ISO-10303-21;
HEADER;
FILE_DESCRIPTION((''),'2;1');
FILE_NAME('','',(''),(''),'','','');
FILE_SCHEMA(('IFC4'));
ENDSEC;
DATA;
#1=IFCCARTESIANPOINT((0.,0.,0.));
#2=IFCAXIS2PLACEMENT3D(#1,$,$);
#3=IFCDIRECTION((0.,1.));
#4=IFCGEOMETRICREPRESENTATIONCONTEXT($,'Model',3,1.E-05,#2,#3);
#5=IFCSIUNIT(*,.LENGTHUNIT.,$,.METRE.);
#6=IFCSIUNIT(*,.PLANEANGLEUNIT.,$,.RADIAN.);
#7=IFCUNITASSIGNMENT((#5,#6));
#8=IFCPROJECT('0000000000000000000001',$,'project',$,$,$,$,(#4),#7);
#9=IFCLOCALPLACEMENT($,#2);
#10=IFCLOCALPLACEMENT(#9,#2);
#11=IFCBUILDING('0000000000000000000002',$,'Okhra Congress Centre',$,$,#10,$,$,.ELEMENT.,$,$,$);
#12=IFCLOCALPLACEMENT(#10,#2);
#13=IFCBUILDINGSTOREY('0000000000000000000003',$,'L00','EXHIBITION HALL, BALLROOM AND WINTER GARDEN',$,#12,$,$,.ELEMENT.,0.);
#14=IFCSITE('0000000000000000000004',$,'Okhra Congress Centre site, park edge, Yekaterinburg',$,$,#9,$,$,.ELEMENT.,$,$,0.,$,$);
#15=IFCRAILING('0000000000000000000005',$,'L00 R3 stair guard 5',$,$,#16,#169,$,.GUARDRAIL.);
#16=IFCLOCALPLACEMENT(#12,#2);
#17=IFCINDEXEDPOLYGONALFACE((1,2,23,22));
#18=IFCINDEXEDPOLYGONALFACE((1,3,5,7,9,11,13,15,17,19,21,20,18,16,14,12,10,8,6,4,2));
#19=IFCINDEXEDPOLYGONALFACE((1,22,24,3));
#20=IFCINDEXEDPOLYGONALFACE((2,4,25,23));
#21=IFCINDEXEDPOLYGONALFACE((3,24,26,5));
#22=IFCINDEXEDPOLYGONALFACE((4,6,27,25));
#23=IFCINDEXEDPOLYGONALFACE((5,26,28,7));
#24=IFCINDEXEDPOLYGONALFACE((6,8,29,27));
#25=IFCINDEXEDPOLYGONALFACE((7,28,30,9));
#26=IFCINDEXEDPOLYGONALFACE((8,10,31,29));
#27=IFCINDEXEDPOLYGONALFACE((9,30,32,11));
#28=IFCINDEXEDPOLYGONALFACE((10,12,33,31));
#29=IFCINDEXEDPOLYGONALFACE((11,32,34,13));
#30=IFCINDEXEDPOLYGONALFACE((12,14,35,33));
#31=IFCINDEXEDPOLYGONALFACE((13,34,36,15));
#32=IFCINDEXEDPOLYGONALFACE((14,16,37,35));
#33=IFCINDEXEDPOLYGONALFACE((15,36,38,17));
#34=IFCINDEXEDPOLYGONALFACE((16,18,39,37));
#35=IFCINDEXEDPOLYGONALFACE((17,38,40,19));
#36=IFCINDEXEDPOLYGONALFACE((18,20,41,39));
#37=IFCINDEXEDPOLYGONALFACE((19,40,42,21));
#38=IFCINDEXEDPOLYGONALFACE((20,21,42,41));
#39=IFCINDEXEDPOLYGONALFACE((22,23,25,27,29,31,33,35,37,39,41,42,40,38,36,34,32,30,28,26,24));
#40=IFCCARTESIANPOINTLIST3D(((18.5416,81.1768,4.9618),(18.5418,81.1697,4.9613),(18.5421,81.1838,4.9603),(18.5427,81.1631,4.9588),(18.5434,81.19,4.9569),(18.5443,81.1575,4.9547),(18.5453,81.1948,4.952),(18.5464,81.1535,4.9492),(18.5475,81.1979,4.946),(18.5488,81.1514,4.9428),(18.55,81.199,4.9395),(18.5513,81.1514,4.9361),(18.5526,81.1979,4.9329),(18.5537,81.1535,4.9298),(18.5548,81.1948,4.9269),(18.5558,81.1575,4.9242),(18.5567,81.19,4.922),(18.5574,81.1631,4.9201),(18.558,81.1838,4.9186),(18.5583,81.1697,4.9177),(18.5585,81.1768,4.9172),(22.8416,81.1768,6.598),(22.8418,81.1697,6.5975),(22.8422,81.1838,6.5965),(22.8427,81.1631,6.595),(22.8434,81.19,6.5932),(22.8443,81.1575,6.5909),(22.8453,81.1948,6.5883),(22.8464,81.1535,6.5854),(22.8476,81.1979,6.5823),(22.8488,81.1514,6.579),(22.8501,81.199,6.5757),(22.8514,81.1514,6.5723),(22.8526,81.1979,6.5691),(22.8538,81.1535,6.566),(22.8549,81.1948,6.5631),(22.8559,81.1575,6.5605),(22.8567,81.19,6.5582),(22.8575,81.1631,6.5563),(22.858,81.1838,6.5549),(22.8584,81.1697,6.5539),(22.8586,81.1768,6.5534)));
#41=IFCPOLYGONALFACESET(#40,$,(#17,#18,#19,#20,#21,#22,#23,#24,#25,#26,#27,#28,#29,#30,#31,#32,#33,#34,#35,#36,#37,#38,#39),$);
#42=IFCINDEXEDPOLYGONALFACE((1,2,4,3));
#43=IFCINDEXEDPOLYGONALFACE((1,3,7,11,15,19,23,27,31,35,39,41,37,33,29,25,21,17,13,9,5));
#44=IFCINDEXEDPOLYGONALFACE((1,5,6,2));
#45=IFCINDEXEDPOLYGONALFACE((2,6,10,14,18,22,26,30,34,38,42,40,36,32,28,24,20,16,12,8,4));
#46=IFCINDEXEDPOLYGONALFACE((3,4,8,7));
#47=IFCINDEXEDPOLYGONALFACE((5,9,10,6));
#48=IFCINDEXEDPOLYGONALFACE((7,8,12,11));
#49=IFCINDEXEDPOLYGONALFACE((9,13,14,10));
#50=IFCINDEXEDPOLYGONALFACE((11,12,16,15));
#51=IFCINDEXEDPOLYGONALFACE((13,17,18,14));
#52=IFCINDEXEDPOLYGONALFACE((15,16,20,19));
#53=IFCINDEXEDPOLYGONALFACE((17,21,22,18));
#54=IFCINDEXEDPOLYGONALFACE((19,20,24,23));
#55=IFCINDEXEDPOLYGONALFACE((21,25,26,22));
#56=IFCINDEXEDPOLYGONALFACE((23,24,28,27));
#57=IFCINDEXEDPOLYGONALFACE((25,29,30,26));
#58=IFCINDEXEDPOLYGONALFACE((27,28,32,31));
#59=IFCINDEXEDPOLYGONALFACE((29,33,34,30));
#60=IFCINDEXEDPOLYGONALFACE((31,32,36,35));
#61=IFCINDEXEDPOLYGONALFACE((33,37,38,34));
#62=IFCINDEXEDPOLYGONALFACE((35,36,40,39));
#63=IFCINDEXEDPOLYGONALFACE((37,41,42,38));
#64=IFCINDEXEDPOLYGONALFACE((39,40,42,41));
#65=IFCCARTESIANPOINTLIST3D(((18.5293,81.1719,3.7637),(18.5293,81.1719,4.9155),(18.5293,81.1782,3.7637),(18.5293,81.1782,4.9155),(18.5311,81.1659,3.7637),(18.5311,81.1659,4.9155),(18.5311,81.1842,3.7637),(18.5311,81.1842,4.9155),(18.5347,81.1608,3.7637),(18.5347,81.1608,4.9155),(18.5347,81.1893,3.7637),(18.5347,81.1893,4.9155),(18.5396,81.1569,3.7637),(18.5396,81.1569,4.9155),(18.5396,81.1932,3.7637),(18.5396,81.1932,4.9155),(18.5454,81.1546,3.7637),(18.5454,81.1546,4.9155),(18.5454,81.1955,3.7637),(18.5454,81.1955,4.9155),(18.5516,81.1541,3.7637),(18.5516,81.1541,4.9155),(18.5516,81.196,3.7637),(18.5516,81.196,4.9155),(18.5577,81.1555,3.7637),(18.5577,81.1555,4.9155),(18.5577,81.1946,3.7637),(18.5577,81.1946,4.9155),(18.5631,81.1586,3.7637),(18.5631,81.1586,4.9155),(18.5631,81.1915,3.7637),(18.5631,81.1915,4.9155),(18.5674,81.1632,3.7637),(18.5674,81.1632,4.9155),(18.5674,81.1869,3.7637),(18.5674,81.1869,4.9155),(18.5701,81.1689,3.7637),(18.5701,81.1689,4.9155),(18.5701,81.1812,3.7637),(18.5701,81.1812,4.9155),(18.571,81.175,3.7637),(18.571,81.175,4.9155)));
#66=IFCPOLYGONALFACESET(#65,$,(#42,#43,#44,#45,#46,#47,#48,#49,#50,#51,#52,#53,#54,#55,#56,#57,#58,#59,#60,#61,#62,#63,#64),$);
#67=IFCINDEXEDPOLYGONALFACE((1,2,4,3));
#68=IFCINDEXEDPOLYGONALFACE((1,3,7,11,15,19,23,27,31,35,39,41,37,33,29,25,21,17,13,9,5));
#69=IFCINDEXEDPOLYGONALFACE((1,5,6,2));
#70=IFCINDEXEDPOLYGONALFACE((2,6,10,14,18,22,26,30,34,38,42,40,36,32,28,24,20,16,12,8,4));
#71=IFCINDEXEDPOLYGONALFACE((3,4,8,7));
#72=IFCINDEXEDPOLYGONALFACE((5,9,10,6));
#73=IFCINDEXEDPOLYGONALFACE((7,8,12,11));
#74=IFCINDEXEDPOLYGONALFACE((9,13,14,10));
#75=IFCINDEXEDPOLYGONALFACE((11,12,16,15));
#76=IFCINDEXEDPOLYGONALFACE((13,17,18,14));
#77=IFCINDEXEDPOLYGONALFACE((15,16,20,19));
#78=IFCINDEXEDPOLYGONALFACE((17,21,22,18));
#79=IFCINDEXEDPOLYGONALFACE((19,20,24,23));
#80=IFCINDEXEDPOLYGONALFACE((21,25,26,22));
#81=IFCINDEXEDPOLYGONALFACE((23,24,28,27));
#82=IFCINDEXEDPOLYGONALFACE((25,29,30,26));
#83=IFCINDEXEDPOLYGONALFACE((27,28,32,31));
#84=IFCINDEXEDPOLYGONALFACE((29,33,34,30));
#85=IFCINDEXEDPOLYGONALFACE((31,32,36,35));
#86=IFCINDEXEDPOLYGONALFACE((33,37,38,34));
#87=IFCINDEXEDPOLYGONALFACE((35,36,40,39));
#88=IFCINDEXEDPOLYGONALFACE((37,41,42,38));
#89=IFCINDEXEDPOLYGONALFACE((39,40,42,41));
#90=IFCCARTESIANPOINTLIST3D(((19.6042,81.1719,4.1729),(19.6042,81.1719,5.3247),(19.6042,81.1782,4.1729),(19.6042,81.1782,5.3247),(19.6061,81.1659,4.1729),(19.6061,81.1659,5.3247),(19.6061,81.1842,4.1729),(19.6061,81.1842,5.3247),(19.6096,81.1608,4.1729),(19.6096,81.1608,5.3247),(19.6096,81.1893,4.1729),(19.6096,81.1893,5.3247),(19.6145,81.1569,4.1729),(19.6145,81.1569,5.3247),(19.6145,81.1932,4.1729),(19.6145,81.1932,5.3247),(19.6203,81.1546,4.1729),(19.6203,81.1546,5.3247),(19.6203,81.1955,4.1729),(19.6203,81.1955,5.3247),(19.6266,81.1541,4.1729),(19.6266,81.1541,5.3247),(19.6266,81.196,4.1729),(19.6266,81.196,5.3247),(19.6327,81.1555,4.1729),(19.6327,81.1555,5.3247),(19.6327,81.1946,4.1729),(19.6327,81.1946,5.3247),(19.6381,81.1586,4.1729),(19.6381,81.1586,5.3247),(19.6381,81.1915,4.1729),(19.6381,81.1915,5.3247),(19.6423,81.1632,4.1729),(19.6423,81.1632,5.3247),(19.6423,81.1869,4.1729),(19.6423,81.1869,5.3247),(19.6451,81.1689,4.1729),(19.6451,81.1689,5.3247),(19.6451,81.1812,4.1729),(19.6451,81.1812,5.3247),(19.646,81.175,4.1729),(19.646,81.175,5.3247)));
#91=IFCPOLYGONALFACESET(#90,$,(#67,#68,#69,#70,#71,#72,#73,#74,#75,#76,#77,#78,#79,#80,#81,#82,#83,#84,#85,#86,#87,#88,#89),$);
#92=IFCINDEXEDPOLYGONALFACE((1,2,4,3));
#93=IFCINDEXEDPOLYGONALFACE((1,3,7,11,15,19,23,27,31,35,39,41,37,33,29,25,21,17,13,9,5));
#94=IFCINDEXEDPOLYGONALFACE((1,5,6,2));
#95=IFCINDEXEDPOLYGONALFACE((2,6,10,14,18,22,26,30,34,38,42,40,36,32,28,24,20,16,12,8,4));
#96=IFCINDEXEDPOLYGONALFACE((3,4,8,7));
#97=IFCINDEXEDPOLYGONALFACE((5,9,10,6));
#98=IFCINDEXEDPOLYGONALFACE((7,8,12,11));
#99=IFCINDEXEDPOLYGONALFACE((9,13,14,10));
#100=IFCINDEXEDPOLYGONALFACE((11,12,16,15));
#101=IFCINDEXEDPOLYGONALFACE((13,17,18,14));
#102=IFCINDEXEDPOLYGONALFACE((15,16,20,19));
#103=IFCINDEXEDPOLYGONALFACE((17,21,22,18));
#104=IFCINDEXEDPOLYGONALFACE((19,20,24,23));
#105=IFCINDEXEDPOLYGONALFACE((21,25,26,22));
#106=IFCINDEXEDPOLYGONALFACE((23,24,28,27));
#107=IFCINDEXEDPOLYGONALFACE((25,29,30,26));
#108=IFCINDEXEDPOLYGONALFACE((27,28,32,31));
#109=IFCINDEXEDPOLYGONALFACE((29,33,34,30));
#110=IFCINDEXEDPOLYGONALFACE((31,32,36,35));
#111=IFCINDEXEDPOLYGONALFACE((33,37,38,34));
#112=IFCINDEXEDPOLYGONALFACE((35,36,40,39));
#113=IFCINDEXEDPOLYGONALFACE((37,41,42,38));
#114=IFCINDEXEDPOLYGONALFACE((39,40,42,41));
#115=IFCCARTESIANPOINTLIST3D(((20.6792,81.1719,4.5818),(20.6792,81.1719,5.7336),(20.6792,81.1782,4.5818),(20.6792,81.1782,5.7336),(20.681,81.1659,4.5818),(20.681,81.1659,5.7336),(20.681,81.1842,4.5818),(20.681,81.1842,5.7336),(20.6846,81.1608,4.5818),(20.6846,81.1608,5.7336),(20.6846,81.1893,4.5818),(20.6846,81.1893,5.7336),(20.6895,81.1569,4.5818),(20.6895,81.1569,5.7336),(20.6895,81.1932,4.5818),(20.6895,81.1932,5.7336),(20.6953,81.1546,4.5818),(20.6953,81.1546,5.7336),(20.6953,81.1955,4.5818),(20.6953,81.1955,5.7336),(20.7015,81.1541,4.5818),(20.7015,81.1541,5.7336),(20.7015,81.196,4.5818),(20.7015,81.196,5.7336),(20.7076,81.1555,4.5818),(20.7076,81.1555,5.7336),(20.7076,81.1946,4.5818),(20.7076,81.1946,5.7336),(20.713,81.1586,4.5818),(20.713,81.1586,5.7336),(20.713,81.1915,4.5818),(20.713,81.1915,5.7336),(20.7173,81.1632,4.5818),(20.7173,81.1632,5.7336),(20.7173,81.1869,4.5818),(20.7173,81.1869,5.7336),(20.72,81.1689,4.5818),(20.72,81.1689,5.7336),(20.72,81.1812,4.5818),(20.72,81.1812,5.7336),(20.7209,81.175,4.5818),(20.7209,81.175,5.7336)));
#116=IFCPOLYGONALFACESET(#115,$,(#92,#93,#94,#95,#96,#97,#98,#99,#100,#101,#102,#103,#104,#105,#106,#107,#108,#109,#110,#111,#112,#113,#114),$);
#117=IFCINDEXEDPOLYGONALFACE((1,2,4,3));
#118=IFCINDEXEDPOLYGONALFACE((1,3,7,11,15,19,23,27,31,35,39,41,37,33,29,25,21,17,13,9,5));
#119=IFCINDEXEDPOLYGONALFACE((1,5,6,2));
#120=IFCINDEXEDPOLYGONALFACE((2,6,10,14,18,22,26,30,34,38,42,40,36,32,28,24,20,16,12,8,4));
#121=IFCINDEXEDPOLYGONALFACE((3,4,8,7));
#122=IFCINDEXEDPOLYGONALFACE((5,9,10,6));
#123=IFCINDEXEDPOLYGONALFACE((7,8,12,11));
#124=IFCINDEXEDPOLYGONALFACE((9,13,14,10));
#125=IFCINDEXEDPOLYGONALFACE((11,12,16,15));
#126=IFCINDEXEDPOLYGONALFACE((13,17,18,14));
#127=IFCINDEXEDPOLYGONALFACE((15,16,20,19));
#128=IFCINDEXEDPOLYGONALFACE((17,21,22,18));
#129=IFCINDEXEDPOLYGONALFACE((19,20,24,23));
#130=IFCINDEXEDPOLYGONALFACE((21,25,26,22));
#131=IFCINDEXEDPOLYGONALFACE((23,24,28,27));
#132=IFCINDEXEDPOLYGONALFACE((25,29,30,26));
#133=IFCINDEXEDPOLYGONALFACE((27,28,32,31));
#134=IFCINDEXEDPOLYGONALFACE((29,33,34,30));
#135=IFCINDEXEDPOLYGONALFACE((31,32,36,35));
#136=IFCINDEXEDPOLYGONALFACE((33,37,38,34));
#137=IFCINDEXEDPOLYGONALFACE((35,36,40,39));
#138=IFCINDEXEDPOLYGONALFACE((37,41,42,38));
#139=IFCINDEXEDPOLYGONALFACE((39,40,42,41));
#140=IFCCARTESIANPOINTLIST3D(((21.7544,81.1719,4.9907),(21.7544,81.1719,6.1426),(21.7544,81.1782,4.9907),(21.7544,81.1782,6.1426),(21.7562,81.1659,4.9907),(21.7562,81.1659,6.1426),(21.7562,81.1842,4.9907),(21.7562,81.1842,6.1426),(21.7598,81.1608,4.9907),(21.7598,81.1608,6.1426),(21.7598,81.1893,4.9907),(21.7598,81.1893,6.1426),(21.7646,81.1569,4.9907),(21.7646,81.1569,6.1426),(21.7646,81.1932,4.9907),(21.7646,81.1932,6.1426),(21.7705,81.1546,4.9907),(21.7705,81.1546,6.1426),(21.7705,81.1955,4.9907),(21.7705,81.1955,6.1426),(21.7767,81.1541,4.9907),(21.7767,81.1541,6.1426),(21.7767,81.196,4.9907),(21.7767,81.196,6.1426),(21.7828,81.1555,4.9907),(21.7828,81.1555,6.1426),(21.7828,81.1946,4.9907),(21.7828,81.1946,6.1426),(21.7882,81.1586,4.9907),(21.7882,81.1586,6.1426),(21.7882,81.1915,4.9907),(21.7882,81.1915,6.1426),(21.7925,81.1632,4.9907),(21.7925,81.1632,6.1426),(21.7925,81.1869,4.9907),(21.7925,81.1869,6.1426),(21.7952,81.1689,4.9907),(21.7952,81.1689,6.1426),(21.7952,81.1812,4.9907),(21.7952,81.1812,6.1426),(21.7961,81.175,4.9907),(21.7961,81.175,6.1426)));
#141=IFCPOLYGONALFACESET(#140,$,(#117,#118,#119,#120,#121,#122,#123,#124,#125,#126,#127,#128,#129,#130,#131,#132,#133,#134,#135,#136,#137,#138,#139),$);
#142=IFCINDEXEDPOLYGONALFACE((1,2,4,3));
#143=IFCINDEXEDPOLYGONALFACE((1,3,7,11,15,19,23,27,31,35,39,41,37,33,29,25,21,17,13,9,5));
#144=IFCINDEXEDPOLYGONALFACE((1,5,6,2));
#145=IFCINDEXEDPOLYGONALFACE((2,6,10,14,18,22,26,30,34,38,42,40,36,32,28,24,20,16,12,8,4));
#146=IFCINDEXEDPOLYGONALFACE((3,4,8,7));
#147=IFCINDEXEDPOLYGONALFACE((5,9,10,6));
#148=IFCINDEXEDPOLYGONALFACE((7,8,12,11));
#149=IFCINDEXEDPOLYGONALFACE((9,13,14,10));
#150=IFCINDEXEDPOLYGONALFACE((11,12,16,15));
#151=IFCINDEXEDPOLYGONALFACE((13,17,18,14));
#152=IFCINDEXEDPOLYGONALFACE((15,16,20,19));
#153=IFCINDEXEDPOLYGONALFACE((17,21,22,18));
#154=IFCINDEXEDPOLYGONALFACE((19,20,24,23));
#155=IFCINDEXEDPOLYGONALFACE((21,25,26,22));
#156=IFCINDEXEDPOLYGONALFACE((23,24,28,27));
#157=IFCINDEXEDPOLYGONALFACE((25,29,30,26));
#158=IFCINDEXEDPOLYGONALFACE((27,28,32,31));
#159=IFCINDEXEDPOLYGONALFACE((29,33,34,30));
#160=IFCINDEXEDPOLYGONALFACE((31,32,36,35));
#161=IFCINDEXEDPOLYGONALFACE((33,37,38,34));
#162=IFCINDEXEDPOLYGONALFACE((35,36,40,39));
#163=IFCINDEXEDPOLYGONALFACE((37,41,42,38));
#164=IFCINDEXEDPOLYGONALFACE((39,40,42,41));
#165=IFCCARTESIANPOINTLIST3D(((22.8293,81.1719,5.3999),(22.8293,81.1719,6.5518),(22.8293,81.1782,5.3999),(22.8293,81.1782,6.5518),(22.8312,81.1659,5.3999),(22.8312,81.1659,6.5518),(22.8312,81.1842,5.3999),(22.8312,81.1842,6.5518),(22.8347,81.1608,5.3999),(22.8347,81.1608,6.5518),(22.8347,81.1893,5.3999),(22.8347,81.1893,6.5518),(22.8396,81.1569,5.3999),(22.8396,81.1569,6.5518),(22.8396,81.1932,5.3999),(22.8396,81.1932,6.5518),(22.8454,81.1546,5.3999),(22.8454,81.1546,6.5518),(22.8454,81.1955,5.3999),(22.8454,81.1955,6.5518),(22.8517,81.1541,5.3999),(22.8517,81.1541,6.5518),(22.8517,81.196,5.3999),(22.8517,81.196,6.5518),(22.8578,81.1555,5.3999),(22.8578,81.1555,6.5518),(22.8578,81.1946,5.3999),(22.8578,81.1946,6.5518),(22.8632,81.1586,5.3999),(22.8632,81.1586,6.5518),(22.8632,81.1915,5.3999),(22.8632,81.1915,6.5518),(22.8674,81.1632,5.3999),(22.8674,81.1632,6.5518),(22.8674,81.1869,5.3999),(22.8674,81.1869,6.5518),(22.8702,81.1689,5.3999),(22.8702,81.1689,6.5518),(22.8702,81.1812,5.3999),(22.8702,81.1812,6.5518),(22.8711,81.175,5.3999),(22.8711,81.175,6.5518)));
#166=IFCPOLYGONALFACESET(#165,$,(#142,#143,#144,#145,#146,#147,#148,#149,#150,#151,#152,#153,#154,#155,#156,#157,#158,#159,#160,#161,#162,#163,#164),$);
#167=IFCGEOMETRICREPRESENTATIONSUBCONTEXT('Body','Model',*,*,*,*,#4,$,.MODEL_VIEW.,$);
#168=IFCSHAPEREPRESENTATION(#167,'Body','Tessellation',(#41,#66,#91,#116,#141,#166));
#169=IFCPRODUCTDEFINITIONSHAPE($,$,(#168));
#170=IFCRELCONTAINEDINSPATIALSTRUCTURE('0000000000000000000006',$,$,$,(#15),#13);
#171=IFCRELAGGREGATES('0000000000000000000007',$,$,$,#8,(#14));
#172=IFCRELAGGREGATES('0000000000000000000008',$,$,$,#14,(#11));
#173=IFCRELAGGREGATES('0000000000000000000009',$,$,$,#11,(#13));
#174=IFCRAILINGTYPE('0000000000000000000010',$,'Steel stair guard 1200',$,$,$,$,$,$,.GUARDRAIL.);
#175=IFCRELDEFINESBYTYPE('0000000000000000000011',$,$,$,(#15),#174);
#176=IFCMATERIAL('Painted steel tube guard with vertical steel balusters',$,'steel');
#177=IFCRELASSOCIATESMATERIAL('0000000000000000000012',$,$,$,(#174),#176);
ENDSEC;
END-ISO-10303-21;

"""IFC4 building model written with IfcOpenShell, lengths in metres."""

from ifc_helpers import new_model, si_unit, direction, frame, origin, origin_2d, place, context, subcontext, project, spatial, circle, extrude, material, type_object, element, save


model = new_model("IFC4")

# Units and contexts
model_context = context("Model", 3, precision=1e-05, world=origin(), true_north=direction((0.0, 1.0)))
body_context = subcontext(model_context, "Body", "Model", "MODEL_VIEW")
ifc_project = project(units=[si_unit("LENGTHUNIT", "METRE"), si_unit("PLANEANGLEUNIT", "RADIAN")], contexts=[model_context])

# Site, building, storey
site_placement = place(None, origin())
site = spatial("IfcSite", under=ifc_project, at=site_placement, Name="Okhra Congress Centre site, park edge, Yekaterinburg", CompositionType="ELEMENT", RefElevation=0.0)
building_placement = place(site_placement, origin())
building = spatial("IfcBuilding", under=site, at=building_placement, Name="Okhra Congress Centre", CompositionType="ELEMENT")
storey_placement = place(building_placement, origin())
storey = spatial("IfcBuildingStorey", under=building, at=storey_placement, Name="L00", Description="EXHIBITION HALL, BALLROOM AND WINTER GARDEN", CompositionType="ELEMENT", Elevation=0.0)

# Railing
ifc_material_1 = material(Name="Painted steel tube guard with vertical steel balusters", Category="steel")
railing_type_1 = type_object("IfcRailingType", Name="Steel stair guard 1200", PredefinedType="GUARDRAIL", material=ifc_material_1)
railing_1_placement = place(storey_placement, frame((18.55, 81.175, 3.7637)))
element("IfcRailing", 1, at=railing_1_placement, inside=storey, type_object=railing_type_1, Name="L00 R3 stair guard 5", PredefinedType="GUARDRAIL", context=body_context, shape_type="SweptSolid", body=[
    extrude(circle(Radius=0.0239, at=origin_2d()), frame((0.0, 0.0, 1.1758), z_axis=(0.934624, 0.0, 0.355638), x_axis=(0.0, 1.0, 0.0)), (0.0, 0.0, 1.0), 4.6008),
    extrude(circle(Radius=0.021, at=origin_2d()), origin(), (0.0, 0.0, 1.0), 1.1519),
    extrude(circle(Radius=0.021, at=origin_2d()), frame((1.075, 0.0, 0.4092)), (0.0, 0.0, 1.0), 1.1519),
    extrude(circle(Radius=0.021, at=origin_2d()), frame((2.1499, 0.0, 0.8181)), (0.0, 0.0, 1.0), 1.1519),
    extrude(circle(Radius=0.021, at=origin_2d()), frame((3.2251, 0.0, 1.2271)), (0.0, 0.0, 1.0), 1.1519),
    extrude(circle(Radius=0.021, at=origin_2d()), frame((4.3, 0.0, 1.6362)), (0.0, 0.0, 1.0), 1.1519),
])

save(model, "model.ifc")
